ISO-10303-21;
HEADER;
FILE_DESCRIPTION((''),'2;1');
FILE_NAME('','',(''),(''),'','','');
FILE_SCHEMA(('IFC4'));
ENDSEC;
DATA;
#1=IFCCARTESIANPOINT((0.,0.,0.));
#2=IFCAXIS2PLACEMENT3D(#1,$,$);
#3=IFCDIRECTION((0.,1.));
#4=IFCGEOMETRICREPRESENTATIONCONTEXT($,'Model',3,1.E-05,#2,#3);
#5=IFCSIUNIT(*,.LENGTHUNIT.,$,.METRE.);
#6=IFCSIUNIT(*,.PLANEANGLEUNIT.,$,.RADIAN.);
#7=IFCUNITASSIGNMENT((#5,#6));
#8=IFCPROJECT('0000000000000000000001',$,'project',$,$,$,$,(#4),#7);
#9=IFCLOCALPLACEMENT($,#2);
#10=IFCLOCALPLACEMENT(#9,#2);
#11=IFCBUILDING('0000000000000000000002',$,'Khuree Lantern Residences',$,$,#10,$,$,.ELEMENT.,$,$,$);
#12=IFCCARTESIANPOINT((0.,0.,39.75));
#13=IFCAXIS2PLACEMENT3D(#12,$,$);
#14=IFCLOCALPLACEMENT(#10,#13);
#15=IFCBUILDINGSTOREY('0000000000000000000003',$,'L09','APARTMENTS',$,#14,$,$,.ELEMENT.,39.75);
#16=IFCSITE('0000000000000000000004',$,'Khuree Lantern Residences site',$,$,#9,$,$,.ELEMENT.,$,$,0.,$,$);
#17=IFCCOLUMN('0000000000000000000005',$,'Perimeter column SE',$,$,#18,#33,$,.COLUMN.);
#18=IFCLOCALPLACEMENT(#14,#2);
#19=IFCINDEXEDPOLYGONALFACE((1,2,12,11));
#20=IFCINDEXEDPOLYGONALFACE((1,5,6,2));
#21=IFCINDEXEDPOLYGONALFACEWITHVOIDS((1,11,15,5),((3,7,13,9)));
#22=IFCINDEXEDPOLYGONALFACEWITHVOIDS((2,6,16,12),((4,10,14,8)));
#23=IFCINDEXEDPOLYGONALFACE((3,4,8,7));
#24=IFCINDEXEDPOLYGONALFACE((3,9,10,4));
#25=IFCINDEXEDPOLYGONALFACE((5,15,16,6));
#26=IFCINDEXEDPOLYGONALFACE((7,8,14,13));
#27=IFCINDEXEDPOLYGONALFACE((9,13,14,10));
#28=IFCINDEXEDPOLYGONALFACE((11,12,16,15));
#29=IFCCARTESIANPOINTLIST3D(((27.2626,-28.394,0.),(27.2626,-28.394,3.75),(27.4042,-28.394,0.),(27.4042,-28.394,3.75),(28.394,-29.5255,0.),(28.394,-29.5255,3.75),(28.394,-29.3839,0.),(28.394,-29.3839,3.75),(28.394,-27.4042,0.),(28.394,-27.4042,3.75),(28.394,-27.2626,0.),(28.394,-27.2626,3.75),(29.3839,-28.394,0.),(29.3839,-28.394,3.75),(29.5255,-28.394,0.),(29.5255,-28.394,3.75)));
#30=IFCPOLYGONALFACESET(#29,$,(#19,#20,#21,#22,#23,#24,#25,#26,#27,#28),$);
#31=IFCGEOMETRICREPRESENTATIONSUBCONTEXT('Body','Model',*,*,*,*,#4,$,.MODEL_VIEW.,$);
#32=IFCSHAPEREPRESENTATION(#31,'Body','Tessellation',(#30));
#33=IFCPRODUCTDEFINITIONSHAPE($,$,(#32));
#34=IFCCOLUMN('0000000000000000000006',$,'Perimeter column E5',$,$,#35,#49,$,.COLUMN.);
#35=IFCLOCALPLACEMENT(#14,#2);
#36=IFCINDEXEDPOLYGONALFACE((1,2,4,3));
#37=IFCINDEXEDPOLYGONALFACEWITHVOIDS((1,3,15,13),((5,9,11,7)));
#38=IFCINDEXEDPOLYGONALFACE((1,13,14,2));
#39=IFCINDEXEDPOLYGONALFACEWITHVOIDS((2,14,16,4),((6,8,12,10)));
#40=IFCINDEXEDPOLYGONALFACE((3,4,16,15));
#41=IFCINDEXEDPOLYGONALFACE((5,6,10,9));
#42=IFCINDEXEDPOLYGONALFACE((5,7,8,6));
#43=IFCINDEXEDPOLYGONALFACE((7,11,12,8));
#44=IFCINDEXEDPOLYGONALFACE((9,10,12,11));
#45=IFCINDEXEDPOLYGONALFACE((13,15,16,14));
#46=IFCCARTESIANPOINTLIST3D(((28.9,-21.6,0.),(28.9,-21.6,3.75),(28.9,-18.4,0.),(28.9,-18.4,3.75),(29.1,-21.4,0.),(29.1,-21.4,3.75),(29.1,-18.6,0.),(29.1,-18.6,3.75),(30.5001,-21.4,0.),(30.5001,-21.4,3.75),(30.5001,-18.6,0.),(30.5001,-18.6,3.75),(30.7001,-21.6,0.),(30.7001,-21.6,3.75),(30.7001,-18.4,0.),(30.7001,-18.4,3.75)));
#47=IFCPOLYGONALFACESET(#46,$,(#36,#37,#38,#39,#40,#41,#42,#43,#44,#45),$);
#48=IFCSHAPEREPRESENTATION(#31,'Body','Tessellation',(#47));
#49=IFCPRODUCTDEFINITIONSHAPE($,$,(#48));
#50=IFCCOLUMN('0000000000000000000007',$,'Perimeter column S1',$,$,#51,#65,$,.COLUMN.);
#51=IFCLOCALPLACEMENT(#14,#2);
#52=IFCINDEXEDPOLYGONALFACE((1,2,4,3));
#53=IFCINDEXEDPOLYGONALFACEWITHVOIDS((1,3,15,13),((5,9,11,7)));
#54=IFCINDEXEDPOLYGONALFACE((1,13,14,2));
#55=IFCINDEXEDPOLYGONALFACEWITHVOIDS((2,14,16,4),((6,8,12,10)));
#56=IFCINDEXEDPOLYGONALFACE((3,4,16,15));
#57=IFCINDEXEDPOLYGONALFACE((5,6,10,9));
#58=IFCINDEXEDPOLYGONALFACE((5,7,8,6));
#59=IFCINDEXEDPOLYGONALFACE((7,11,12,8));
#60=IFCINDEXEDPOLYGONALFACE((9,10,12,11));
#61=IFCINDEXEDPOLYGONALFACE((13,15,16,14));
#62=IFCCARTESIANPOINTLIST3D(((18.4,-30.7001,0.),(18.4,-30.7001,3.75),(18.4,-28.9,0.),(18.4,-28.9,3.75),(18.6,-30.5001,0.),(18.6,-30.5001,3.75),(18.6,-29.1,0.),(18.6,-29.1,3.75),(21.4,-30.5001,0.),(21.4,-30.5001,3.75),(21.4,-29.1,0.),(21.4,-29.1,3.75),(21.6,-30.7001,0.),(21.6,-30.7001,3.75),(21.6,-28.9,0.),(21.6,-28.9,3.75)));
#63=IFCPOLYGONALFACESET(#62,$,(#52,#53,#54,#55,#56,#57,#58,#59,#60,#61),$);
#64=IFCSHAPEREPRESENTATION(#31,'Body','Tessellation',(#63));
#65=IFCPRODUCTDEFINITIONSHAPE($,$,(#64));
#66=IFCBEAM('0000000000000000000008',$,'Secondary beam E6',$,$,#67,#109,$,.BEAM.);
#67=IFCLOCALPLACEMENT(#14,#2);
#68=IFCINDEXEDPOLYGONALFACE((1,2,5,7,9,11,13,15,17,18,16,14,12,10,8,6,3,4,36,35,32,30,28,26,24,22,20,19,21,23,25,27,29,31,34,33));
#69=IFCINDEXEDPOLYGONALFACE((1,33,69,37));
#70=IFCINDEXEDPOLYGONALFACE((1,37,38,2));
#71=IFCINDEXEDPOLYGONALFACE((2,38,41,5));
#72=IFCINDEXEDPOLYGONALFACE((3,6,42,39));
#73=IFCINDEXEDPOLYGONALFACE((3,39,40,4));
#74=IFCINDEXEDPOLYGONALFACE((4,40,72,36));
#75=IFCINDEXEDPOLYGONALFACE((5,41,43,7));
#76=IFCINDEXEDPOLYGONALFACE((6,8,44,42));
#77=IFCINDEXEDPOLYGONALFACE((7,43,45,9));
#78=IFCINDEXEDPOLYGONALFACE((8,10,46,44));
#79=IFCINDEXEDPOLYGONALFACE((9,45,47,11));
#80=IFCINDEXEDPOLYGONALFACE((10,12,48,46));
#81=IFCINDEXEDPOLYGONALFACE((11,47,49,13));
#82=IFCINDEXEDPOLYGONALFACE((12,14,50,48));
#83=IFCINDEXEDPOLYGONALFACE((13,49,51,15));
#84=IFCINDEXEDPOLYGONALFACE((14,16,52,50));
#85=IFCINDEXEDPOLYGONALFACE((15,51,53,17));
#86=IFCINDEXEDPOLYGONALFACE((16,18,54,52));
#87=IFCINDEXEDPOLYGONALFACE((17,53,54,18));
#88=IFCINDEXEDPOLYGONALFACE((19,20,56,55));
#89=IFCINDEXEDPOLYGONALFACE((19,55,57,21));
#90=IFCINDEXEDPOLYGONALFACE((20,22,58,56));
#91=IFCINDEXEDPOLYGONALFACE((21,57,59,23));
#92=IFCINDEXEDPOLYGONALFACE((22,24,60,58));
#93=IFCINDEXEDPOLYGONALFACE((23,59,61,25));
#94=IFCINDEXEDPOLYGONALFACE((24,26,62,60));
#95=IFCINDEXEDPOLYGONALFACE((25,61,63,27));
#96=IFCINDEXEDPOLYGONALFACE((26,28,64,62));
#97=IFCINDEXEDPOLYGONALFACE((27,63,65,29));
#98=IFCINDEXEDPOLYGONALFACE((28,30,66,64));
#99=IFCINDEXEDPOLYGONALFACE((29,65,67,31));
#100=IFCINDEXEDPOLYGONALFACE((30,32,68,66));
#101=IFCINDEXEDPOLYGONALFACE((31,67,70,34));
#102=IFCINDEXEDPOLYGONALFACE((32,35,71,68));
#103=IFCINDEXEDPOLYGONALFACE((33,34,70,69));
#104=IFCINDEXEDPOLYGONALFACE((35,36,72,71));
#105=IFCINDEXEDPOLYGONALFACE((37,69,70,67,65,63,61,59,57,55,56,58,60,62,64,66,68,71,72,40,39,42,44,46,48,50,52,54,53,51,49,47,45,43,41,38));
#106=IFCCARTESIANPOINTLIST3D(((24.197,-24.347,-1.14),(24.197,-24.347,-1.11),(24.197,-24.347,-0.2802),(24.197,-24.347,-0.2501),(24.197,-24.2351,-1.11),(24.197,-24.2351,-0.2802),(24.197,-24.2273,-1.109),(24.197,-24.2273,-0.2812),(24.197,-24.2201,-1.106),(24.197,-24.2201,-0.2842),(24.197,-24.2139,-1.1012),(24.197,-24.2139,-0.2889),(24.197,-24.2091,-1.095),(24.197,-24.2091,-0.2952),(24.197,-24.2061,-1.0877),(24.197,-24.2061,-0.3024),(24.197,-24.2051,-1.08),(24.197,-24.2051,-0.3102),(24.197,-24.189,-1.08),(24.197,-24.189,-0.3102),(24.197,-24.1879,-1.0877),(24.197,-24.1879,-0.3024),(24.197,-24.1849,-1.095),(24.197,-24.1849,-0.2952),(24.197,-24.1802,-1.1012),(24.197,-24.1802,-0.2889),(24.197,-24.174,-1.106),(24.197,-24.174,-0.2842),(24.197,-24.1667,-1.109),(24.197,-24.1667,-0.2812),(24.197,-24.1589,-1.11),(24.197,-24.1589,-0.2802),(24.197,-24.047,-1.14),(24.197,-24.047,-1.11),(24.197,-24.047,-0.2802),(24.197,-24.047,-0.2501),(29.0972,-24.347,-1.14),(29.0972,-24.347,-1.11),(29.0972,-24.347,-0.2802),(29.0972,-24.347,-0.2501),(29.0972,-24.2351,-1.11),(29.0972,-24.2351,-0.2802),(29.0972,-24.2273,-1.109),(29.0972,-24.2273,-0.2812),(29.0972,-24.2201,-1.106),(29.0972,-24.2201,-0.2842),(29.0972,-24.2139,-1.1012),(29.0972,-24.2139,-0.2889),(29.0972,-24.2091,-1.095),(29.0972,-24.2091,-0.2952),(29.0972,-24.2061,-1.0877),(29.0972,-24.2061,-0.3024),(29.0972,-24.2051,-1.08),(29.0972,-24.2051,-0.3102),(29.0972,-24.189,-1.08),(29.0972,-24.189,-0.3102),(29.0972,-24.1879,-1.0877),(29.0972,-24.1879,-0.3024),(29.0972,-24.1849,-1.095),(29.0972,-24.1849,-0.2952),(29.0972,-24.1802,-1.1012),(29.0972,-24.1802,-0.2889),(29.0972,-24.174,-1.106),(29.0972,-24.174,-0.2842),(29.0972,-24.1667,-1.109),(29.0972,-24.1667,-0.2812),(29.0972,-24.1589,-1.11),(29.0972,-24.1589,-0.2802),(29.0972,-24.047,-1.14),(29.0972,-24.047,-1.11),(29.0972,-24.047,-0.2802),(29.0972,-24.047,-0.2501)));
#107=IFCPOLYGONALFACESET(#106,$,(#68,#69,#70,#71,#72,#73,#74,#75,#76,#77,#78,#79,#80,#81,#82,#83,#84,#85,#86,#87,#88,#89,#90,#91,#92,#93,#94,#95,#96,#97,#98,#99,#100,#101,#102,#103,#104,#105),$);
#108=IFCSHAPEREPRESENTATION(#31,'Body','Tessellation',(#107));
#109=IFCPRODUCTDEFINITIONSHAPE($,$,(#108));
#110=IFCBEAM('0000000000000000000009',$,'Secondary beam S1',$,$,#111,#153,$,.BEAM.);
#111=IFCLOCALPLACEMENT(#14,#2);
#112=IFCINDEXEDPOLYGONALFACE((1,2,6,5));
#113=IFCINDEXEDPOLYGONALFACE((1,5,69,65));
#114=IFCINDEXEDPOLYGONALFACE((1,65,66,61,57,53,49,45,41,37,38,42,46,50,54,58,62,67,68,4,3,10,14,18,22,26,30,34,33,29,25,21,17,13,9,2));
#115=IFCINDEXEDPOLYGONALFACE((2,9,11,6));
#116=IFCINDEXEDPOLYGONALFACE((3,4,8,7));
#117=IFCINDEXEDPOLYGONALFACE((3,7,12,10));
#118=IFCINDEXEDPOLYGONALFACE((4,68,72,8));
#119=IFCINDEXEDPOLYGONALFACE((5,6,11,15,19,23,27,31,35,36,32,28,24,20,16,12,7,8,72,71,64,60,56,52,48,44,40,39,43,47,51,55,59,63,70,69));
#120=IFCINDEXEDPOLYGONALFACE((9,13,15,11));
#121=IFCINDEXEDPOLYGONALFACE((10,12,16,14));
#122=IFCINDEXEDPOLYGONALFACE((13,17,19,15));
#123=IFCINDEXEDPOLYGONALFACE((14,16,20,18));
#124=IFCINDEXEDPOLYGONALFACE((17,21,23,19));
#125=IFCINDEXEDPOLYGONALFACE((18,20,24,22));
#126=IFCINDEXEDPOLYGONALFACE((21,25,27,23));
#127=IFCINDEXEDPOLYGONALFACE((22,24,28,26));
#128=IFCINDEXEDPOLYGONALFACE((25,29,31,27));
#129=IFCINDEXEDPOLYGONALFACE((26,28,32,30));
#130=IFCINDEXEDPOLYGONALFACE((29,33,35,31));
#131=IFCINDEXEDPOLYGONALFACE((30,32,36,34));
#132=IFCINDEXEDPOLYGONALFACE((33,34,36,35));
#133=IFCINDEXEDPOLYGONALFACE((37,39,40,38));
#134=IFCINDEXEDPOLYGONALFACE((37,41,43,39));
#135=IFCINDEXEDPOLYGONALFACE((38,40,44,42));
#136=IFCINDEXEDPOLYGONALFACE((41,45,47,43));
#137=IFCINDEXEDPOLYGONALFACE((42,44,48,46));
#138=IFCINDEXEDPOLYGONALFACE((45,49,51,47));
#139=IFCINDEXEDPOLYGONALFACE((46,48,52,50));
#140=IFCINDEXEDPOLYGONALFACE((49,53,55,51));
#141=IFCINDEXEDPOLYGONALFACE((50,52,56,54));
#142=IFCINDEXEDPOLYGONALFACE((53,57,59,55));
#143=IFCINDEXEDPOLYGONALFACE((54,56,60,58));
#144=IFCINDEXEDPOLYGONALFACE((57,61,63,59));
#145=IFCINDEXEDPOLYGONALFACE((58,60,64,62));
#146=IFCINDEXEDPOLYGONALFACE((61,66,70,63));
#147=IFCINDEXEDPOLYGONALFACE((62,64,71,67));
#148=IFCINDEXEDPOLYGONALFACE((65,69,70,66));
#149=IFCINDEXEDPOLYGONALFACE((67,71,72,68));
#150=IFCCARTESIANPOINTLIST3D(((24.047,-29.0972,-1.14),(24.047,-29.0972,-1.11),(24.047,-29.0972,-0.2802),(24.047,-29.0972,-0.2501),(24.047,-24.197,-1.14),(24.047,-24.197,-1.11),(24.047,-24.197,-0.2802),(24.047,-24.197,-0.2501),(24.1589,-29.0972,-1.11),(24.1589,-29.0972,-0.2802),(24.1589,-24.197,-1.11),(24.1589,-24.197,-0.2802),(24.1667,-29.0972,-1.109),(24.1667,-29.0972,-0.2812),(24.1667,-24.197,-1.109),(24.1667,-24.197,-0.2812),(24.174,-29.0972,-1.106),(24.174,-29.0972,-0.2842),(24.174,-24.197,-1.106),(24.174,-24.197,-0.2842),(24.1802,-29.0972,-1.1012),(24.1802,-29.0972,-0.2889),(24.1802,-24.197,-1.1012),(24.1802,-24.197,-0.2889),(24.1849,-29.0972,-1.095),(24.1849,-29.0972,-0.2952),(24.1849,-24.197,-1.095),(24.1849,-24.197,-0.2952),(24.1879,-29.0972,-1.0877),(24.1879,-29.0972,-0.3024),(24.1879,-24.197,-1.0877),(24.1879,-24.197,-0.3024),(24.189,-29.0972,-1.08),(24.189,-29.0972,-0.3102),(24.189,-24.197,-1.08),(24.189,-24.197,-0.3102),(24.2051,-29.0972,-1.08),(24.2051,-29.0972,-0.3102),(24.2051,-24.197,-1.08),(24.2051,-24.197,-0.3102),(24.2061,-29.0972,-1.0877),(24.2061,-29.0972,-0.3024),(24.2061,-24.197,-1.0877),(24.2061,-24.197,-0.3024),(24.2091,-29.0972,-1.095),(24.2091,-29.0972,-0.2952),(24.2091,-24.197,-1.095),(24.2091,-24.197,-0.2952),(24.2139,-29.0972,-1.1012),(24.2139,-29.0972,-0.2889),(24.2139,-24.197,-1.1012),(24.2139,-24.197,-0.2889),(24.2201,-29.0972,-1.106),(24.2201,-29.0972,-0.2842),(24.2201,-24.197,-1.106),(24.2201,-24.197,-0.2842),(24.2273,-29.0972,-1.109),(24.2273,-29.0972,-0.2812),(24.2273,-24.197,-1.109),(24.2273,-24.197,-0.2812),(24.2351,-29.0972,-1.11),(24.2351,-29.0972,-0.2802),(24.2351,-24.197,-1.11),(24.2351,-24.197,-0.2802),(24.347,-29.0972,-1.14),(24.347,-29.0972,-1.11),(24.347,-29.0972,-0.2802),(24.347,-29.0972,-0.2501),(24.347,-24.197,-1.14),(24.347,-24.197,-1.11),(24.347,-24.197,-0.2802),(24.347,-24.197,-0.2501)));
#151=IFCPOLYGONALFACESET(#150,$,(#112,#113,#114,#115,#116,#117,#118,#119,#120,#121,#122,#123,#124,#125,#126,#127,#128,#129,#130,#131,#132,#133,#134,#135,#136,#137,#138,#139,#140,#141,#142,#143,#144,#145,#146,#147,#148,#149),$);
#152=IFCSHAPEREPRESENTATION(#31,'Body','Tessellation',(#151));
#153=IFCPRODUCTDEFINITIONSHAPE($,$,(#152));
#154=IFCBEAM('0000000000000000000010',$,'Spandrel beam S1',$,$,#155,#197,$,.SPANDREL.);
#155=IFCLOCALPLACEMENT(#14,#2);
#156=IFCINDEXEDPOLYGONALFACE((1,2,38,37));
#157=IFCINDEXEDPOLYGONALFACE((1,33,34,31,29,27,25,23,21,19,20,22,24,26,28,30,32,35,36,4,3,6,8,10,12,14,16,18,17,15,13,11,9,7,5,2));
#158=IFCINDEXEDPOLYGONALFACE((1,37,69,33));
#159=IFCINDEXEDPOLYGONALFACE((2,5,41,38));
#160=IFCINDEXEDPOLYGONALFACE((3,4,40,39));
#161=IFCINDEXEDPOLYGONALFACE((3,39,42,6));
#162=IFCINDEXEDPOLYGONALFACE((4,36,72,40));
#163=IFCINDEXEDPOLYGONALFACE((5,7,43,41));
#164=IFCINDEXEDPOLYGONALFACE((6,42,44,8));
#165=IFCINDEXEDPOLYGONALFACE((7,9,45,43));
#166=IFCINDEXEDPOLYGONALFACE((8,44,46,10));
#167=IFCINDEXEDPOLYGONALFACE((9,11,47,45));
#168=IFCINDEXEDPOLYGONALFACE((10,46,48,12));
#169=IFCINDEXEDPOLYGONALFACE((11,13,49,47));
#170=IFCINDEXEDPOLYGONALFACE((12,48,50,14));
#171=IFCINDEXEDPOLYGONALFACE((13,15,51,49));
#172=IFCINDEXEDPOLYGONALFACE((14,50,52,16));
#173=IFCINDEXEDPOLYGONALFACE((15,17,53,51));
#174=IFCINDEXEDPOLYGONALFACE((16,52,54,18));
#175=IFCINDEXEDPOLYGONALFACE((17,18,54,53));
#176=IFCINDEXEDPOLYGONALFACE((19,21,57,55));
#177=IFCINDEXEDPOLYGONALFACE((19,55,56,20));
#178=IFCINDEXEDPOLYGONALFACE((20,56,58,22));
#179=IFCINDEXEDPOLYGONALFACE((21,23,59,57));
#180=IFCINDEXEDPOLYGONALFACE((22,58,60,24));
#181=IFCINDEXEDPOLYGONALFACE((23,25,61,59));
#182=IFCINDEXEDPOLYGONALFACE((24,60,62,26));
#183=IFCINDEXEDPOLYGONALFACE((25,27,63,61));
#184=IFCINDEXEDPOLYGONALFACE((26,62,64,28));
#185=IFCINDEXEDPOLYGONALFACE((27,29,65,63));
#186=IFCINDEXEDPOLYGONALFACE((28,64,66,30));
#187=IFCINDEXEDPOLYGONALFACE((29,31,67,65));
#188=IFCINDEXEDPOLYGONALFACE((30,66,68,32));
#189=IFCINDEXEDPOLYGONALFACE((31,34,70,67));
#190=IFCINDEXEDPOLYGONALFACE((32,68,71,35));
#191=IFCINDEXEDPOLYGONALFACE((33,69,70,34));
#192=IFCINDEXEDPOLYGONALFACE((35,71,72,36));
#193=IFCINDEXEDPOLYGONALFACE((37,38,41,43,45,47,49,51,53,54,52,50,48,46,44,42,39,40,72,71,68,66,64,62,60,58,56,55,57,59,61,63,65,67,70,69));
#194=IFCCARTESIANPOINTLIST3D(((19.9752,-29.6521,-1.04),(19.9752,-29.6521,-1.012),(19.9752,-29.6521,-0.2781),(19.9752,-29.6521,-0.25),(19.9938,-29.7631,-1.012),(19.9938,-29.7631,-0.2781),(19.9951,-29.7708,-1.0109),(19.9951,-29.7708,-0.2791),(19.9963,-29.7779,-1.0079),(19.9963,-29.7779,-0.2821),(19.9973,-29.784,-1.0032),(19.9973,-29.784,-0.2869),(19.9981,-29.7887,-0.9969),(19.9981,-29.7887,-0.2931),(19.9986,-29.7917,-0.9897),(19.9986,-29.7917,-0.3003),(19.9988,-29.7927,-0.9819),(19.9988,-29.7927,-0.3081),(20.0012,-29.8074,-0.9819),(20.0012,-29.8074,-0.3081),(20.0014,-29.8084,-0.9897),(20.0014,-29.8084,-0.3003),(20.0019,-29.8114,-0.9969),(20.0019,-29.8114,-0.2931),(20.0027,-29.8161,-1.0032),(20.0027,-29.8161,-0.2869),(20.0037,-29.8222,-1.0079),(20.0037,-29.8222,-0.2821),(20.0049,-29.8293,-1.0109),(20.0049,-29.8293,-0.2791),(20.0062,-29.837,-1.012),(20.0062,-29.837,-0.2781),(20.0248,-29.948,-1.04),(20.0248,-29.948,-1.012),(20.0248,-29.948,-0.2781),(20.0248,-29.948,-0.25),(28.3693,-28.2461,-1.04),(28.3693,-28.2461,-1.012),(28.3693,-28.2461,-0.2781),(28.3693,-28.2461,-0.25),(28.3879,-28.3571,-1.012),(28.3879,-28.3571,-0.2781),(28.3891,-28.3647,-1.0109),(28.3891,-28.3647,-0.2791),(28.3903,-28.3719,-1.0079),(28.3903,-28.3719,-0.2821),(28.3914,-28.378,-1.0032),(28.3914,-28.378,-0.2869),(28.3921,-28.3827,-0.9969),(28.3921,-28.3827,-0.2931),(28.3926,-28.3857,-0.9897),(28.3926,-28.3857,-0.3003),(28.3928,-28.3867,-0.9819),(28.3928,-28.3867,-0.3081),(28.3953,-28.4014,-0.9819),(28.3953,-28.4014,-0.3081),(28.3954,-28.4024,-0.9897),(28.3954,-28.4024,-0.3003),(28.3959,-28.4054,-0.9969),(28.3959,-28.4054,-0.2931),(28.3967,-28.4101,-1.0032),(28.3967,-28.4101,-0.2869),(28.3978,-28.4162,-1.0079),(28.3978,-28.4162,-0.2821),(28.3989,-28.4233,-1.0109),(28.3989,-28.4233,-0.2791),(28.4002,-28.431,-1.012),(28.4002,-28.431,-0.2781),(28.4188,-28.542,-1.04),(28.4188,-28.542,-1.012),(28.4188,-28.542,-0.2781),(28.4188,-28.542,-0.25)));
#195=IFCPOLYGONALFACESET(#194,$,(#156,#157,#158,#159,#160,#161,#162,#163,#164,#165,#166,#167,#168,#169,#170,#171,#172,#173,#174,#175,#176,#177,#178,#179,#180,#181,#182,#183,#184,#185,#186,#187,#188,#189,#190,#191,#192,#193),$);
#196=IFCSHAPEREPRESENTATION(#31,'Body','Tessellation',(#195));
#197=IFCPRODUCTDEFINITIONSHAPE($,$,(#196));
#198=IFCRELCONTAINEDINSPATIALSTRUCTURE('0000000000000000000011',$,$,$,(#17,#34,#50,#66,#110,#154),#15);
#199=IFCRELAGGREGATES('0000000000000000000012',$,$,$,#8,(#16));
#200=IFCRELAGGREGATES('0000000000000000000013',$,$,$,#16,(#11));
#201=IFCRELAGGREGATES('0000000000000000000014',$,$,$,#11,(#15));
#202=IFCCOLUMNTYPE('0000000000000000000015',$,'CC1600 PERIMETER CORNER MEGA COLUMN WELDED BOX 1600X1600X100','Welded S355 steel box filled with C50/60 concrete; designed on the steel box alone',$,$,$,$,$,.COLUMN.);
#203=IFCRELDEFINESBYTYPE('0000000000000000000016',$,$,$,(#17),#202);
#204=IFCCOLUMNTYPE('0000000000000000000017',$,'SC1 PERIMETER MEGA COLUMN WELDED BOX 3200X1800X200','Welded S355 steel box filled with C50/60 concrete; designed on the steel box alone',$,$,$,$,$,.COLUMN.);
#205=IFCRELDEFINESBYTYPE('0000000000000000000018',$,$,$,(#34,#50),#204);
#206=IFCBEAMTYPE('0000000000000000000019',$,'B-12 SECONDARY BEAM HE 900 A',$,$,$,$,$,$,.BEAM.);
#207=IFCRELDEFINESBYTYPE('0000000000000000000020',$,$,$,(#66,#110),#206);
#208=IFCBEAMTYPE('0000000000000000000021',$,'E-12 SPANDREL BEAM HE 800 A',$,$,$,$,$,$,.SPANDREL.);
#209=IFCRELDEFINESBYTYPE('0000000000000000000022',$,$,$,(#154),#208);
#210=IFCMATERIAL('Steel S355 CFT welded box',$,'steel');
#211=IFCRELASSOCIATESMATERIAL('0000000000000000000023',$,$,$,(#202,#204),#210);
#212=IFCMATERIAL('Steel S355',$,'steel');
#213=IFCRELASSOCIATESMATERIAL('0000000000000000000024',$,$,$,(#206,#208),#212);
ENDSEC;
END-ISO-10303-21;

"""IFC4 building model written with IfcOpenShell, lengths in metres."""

from ifc_helpers import new_model, si_unit, direction, frame, origin, origin_2d, place, context, subcontext, project, spatial, hollow_rectangle, i_section, extrude, material, material_profile, profile_set, type_object, element, save


model = new_model("IFC4")

# Units and contexts
model_context = context("Model", 3, precision=1e-05, world=origin(), true_north=direction((0.0, 1.0)))
body_context = subcontext(model_context, "Body", "Model", "MODEL_VIEW")
ifc_project = project(units=[si_unit("LENGTHUNIT", "METRE"), si_unit("PLANEANGLEUNIT", "RADIAN")], contexts=[model_context])

# Site, building, storey
site_placement = place(None, origin())
site = spatial("IfcSite", under=ifc_project, at=site_placement, Name="Khuree Lantern Residences site", CompositionType="ELEMENT", RefElevation=0.0)
building_placement = place(site_placement, origin())
building = spatial("IfcBuilding", under=site, at=building_placement, Name="Khuree Lantern Residences", CompositionType="ELEMENT")
storey_placement = place(building_placement, frame((0.0, 0.0, 39.75)))
storey = spatial("IfcBuildingStorey", under=building, at=storey_placement, Name="L09", Description="APARTMENTS", CompositionType="ELEMENT", Elevation=39.75)

# Columns
ifc_material_1 = material(Name="Steel S355 CFT welded box", Category="steel")
ifc_material_profile_1 = material_profile(ifc_material_1, hollow_rectangle(XDim=1.6001, YDim=1.6001, WallThickness=0.1001, at=origin_2d()), Name="WELDED BOX 1600X1600X100")
ifc_profile_set_1 = profile_set([ifc_material_profile_1], Name="Steel S355 CFT welded box")
column_type_1 = type_object("IfcColumnType", Name="CC1600 PERIMETER CORNER MEGA COLUMN WELDED BOX 1600X1600X100", Description="Welded S355 steel box filled with C50/60 concrete; designed on the steel box alone", PredefinedType="COLUMN", material=ifc_profile_set_1)
column_placement = place(storey_placement, frame((28.394, -28.394, 0.0), z_axis=(0.0, 0.0, 1.0), x_axis=(0.707107, 0.707107, 0.0)))
element("IfcColumn", 1, at=column_placement, inside=storey, type_object=column_type_1, Name="Perimeter column SE", PredefinedType="COLUMN", context=body_context, shape_type="SweptSolid", body=[
    extrude(hollow_rectangle(XDim=1.6001, YDim=1.6001, WallThickness=0.1001, at=origin_2d()), origin(), (0.0, 0.0, 1.0), 3.75),
])
ifc_material_profile_2 = material_profile(ifc_material_1, hollow_rectangle(XDim=3.2, YDim=1.8, WallThickness=0.2, at=origin_2d()), Name="WELDED BOX 3200X1800X200")
ifc_profile_set_2 = profile_set([ifc_material_profile_2], Name="Steel S355 CFT welded box")
column_type_2 = type_object("IfcColumnType", Name="SC1 PERIMETER MEGA COLUMN WELDED BOX 3200X1800X200", Description="Welded S355 steel box filled with C50/60 concrete; designed on the steel box alone", PredefinedType="COLUMN", material=ifc_profile_set_2)
for number, where, z_axis, x_axis, name in (
    (2, (29.8, -20.0, 0.0), (0.0, 0.0, 1.0), (0.0, 1.0, 0.0), "Perimeter column E5"),
    (3, (20.0, -29.8, 0.0), (0.0, 0.0, 1.0), (1.0, 0.0, 0.0), "Perimeter column S1"),
):
    element("IfcColumn", number, at=place(storey_placement, frame(where, z_axis=z_axis, x_axis=x_axis)), inside=storey, type_object=column_type_2, Name=name, PredefinedType="COLUMN", context=body_context, shape_type="SweptSolid", body=[
        extrude(hollow_rectangle(XDim=3.2, YDim=1.8, WallThickness=0.2, at=origin_2d()), origin(), (0.0, 0.0, 1.0), 3.75),
    ])

# Beams
ifc_material_2 = material(Name="Steel S355", Category="steel")
ifc_material_profile_3 = material_profile(ifc_material_2, i_section(OverallWidth=0.3, OverallDepth=0.8899, WebThickness=0.0161, FlangeThickness=0.03, FilletRadius=0.03, at=origin_2d()), Name="HE 900 A")
ifc_profile_set_3 = profile_set([ifc_material_profile_3], Name="Steel S355")
beam_type_1 = type_object("IfcBeamType", Name="B-12 SECONDARY BEAM HE 900 A", PredefinedType="BEAM", material=ifc_profile_set_3)
for number, where, z_axis, x_axis, name in (
    (4, (29.0972, -24.197, -0.6951), (-1.0, 0.0, 0.0), (0.0, -1.0, 0.0), "Secondary beam E6"),
    (5, (24.197, -29.0972, -0.6951), (0.0, 1.0, 0.0), (-1.0, 0.0, 0.0), "Secondary beam S1"),
):
    element("IfcBeam", number, at=place(storey_placement, frame(where, z_axis=z_axis, x_axis=x_axis)), inside=storey, type_object=beam_type_1, Name=name, PredefinedType="BEAM", context=body_context, shape_type="SweptSolid", body=[
        extrude(i_section(OverallWidth=0.3, OverallDepth=0.8899, WebThickness=0.0161, FlangeThickness=0.03, FilletRadius=0.03, at=origin_2d()), origin(), (0.0, 0.0, 1.0), 4.9001),
    ])
ifc_material_profile_4 = material_profile(ifc_material_2, i_section(OverallWidth=0.3, OverallDepth=0.79, WebThickness=0.0149, FlangeThickness=0.0281, FilletRadius=0.03, at=origin_2d()), Name="HE 800 A")
ifc_profile_set_4 = profile_set([ifc_material_profile_4], Name="Steel S355")
beam_type_2 = type_object("IfcBeamType", Name="E-12 SPANDREL BEAM HE 800 A", PredefinedType="SPANDREL", material=ifc_profile_set_4)
beam_1_placement = place(storey_placement, frame((28.394, -28.394, -0.645), z_axis=(-0.98626, -0.165199, 0.0), x_axis=(0.165199, -0.98626, 0.0)))
element("IfcBeam", 6, at=beam_1_placement, inside=storey, type_object=beam_type_2, Name="Spandrel beam S1", PredefinedType="SPANDREL", context=body_context, shape_type="SweptSolid", body=[
    extrude(i_section(OverallWidth=0.3, OverallDepth=0.79, WebThickness=0.0149, FlangeThickness=0.0281, FilletRadius=0.03, at=origin_2d()), origin(), (0.0, 0.0, 1.0), 8.511),
])

save(model, "model.ifc")
